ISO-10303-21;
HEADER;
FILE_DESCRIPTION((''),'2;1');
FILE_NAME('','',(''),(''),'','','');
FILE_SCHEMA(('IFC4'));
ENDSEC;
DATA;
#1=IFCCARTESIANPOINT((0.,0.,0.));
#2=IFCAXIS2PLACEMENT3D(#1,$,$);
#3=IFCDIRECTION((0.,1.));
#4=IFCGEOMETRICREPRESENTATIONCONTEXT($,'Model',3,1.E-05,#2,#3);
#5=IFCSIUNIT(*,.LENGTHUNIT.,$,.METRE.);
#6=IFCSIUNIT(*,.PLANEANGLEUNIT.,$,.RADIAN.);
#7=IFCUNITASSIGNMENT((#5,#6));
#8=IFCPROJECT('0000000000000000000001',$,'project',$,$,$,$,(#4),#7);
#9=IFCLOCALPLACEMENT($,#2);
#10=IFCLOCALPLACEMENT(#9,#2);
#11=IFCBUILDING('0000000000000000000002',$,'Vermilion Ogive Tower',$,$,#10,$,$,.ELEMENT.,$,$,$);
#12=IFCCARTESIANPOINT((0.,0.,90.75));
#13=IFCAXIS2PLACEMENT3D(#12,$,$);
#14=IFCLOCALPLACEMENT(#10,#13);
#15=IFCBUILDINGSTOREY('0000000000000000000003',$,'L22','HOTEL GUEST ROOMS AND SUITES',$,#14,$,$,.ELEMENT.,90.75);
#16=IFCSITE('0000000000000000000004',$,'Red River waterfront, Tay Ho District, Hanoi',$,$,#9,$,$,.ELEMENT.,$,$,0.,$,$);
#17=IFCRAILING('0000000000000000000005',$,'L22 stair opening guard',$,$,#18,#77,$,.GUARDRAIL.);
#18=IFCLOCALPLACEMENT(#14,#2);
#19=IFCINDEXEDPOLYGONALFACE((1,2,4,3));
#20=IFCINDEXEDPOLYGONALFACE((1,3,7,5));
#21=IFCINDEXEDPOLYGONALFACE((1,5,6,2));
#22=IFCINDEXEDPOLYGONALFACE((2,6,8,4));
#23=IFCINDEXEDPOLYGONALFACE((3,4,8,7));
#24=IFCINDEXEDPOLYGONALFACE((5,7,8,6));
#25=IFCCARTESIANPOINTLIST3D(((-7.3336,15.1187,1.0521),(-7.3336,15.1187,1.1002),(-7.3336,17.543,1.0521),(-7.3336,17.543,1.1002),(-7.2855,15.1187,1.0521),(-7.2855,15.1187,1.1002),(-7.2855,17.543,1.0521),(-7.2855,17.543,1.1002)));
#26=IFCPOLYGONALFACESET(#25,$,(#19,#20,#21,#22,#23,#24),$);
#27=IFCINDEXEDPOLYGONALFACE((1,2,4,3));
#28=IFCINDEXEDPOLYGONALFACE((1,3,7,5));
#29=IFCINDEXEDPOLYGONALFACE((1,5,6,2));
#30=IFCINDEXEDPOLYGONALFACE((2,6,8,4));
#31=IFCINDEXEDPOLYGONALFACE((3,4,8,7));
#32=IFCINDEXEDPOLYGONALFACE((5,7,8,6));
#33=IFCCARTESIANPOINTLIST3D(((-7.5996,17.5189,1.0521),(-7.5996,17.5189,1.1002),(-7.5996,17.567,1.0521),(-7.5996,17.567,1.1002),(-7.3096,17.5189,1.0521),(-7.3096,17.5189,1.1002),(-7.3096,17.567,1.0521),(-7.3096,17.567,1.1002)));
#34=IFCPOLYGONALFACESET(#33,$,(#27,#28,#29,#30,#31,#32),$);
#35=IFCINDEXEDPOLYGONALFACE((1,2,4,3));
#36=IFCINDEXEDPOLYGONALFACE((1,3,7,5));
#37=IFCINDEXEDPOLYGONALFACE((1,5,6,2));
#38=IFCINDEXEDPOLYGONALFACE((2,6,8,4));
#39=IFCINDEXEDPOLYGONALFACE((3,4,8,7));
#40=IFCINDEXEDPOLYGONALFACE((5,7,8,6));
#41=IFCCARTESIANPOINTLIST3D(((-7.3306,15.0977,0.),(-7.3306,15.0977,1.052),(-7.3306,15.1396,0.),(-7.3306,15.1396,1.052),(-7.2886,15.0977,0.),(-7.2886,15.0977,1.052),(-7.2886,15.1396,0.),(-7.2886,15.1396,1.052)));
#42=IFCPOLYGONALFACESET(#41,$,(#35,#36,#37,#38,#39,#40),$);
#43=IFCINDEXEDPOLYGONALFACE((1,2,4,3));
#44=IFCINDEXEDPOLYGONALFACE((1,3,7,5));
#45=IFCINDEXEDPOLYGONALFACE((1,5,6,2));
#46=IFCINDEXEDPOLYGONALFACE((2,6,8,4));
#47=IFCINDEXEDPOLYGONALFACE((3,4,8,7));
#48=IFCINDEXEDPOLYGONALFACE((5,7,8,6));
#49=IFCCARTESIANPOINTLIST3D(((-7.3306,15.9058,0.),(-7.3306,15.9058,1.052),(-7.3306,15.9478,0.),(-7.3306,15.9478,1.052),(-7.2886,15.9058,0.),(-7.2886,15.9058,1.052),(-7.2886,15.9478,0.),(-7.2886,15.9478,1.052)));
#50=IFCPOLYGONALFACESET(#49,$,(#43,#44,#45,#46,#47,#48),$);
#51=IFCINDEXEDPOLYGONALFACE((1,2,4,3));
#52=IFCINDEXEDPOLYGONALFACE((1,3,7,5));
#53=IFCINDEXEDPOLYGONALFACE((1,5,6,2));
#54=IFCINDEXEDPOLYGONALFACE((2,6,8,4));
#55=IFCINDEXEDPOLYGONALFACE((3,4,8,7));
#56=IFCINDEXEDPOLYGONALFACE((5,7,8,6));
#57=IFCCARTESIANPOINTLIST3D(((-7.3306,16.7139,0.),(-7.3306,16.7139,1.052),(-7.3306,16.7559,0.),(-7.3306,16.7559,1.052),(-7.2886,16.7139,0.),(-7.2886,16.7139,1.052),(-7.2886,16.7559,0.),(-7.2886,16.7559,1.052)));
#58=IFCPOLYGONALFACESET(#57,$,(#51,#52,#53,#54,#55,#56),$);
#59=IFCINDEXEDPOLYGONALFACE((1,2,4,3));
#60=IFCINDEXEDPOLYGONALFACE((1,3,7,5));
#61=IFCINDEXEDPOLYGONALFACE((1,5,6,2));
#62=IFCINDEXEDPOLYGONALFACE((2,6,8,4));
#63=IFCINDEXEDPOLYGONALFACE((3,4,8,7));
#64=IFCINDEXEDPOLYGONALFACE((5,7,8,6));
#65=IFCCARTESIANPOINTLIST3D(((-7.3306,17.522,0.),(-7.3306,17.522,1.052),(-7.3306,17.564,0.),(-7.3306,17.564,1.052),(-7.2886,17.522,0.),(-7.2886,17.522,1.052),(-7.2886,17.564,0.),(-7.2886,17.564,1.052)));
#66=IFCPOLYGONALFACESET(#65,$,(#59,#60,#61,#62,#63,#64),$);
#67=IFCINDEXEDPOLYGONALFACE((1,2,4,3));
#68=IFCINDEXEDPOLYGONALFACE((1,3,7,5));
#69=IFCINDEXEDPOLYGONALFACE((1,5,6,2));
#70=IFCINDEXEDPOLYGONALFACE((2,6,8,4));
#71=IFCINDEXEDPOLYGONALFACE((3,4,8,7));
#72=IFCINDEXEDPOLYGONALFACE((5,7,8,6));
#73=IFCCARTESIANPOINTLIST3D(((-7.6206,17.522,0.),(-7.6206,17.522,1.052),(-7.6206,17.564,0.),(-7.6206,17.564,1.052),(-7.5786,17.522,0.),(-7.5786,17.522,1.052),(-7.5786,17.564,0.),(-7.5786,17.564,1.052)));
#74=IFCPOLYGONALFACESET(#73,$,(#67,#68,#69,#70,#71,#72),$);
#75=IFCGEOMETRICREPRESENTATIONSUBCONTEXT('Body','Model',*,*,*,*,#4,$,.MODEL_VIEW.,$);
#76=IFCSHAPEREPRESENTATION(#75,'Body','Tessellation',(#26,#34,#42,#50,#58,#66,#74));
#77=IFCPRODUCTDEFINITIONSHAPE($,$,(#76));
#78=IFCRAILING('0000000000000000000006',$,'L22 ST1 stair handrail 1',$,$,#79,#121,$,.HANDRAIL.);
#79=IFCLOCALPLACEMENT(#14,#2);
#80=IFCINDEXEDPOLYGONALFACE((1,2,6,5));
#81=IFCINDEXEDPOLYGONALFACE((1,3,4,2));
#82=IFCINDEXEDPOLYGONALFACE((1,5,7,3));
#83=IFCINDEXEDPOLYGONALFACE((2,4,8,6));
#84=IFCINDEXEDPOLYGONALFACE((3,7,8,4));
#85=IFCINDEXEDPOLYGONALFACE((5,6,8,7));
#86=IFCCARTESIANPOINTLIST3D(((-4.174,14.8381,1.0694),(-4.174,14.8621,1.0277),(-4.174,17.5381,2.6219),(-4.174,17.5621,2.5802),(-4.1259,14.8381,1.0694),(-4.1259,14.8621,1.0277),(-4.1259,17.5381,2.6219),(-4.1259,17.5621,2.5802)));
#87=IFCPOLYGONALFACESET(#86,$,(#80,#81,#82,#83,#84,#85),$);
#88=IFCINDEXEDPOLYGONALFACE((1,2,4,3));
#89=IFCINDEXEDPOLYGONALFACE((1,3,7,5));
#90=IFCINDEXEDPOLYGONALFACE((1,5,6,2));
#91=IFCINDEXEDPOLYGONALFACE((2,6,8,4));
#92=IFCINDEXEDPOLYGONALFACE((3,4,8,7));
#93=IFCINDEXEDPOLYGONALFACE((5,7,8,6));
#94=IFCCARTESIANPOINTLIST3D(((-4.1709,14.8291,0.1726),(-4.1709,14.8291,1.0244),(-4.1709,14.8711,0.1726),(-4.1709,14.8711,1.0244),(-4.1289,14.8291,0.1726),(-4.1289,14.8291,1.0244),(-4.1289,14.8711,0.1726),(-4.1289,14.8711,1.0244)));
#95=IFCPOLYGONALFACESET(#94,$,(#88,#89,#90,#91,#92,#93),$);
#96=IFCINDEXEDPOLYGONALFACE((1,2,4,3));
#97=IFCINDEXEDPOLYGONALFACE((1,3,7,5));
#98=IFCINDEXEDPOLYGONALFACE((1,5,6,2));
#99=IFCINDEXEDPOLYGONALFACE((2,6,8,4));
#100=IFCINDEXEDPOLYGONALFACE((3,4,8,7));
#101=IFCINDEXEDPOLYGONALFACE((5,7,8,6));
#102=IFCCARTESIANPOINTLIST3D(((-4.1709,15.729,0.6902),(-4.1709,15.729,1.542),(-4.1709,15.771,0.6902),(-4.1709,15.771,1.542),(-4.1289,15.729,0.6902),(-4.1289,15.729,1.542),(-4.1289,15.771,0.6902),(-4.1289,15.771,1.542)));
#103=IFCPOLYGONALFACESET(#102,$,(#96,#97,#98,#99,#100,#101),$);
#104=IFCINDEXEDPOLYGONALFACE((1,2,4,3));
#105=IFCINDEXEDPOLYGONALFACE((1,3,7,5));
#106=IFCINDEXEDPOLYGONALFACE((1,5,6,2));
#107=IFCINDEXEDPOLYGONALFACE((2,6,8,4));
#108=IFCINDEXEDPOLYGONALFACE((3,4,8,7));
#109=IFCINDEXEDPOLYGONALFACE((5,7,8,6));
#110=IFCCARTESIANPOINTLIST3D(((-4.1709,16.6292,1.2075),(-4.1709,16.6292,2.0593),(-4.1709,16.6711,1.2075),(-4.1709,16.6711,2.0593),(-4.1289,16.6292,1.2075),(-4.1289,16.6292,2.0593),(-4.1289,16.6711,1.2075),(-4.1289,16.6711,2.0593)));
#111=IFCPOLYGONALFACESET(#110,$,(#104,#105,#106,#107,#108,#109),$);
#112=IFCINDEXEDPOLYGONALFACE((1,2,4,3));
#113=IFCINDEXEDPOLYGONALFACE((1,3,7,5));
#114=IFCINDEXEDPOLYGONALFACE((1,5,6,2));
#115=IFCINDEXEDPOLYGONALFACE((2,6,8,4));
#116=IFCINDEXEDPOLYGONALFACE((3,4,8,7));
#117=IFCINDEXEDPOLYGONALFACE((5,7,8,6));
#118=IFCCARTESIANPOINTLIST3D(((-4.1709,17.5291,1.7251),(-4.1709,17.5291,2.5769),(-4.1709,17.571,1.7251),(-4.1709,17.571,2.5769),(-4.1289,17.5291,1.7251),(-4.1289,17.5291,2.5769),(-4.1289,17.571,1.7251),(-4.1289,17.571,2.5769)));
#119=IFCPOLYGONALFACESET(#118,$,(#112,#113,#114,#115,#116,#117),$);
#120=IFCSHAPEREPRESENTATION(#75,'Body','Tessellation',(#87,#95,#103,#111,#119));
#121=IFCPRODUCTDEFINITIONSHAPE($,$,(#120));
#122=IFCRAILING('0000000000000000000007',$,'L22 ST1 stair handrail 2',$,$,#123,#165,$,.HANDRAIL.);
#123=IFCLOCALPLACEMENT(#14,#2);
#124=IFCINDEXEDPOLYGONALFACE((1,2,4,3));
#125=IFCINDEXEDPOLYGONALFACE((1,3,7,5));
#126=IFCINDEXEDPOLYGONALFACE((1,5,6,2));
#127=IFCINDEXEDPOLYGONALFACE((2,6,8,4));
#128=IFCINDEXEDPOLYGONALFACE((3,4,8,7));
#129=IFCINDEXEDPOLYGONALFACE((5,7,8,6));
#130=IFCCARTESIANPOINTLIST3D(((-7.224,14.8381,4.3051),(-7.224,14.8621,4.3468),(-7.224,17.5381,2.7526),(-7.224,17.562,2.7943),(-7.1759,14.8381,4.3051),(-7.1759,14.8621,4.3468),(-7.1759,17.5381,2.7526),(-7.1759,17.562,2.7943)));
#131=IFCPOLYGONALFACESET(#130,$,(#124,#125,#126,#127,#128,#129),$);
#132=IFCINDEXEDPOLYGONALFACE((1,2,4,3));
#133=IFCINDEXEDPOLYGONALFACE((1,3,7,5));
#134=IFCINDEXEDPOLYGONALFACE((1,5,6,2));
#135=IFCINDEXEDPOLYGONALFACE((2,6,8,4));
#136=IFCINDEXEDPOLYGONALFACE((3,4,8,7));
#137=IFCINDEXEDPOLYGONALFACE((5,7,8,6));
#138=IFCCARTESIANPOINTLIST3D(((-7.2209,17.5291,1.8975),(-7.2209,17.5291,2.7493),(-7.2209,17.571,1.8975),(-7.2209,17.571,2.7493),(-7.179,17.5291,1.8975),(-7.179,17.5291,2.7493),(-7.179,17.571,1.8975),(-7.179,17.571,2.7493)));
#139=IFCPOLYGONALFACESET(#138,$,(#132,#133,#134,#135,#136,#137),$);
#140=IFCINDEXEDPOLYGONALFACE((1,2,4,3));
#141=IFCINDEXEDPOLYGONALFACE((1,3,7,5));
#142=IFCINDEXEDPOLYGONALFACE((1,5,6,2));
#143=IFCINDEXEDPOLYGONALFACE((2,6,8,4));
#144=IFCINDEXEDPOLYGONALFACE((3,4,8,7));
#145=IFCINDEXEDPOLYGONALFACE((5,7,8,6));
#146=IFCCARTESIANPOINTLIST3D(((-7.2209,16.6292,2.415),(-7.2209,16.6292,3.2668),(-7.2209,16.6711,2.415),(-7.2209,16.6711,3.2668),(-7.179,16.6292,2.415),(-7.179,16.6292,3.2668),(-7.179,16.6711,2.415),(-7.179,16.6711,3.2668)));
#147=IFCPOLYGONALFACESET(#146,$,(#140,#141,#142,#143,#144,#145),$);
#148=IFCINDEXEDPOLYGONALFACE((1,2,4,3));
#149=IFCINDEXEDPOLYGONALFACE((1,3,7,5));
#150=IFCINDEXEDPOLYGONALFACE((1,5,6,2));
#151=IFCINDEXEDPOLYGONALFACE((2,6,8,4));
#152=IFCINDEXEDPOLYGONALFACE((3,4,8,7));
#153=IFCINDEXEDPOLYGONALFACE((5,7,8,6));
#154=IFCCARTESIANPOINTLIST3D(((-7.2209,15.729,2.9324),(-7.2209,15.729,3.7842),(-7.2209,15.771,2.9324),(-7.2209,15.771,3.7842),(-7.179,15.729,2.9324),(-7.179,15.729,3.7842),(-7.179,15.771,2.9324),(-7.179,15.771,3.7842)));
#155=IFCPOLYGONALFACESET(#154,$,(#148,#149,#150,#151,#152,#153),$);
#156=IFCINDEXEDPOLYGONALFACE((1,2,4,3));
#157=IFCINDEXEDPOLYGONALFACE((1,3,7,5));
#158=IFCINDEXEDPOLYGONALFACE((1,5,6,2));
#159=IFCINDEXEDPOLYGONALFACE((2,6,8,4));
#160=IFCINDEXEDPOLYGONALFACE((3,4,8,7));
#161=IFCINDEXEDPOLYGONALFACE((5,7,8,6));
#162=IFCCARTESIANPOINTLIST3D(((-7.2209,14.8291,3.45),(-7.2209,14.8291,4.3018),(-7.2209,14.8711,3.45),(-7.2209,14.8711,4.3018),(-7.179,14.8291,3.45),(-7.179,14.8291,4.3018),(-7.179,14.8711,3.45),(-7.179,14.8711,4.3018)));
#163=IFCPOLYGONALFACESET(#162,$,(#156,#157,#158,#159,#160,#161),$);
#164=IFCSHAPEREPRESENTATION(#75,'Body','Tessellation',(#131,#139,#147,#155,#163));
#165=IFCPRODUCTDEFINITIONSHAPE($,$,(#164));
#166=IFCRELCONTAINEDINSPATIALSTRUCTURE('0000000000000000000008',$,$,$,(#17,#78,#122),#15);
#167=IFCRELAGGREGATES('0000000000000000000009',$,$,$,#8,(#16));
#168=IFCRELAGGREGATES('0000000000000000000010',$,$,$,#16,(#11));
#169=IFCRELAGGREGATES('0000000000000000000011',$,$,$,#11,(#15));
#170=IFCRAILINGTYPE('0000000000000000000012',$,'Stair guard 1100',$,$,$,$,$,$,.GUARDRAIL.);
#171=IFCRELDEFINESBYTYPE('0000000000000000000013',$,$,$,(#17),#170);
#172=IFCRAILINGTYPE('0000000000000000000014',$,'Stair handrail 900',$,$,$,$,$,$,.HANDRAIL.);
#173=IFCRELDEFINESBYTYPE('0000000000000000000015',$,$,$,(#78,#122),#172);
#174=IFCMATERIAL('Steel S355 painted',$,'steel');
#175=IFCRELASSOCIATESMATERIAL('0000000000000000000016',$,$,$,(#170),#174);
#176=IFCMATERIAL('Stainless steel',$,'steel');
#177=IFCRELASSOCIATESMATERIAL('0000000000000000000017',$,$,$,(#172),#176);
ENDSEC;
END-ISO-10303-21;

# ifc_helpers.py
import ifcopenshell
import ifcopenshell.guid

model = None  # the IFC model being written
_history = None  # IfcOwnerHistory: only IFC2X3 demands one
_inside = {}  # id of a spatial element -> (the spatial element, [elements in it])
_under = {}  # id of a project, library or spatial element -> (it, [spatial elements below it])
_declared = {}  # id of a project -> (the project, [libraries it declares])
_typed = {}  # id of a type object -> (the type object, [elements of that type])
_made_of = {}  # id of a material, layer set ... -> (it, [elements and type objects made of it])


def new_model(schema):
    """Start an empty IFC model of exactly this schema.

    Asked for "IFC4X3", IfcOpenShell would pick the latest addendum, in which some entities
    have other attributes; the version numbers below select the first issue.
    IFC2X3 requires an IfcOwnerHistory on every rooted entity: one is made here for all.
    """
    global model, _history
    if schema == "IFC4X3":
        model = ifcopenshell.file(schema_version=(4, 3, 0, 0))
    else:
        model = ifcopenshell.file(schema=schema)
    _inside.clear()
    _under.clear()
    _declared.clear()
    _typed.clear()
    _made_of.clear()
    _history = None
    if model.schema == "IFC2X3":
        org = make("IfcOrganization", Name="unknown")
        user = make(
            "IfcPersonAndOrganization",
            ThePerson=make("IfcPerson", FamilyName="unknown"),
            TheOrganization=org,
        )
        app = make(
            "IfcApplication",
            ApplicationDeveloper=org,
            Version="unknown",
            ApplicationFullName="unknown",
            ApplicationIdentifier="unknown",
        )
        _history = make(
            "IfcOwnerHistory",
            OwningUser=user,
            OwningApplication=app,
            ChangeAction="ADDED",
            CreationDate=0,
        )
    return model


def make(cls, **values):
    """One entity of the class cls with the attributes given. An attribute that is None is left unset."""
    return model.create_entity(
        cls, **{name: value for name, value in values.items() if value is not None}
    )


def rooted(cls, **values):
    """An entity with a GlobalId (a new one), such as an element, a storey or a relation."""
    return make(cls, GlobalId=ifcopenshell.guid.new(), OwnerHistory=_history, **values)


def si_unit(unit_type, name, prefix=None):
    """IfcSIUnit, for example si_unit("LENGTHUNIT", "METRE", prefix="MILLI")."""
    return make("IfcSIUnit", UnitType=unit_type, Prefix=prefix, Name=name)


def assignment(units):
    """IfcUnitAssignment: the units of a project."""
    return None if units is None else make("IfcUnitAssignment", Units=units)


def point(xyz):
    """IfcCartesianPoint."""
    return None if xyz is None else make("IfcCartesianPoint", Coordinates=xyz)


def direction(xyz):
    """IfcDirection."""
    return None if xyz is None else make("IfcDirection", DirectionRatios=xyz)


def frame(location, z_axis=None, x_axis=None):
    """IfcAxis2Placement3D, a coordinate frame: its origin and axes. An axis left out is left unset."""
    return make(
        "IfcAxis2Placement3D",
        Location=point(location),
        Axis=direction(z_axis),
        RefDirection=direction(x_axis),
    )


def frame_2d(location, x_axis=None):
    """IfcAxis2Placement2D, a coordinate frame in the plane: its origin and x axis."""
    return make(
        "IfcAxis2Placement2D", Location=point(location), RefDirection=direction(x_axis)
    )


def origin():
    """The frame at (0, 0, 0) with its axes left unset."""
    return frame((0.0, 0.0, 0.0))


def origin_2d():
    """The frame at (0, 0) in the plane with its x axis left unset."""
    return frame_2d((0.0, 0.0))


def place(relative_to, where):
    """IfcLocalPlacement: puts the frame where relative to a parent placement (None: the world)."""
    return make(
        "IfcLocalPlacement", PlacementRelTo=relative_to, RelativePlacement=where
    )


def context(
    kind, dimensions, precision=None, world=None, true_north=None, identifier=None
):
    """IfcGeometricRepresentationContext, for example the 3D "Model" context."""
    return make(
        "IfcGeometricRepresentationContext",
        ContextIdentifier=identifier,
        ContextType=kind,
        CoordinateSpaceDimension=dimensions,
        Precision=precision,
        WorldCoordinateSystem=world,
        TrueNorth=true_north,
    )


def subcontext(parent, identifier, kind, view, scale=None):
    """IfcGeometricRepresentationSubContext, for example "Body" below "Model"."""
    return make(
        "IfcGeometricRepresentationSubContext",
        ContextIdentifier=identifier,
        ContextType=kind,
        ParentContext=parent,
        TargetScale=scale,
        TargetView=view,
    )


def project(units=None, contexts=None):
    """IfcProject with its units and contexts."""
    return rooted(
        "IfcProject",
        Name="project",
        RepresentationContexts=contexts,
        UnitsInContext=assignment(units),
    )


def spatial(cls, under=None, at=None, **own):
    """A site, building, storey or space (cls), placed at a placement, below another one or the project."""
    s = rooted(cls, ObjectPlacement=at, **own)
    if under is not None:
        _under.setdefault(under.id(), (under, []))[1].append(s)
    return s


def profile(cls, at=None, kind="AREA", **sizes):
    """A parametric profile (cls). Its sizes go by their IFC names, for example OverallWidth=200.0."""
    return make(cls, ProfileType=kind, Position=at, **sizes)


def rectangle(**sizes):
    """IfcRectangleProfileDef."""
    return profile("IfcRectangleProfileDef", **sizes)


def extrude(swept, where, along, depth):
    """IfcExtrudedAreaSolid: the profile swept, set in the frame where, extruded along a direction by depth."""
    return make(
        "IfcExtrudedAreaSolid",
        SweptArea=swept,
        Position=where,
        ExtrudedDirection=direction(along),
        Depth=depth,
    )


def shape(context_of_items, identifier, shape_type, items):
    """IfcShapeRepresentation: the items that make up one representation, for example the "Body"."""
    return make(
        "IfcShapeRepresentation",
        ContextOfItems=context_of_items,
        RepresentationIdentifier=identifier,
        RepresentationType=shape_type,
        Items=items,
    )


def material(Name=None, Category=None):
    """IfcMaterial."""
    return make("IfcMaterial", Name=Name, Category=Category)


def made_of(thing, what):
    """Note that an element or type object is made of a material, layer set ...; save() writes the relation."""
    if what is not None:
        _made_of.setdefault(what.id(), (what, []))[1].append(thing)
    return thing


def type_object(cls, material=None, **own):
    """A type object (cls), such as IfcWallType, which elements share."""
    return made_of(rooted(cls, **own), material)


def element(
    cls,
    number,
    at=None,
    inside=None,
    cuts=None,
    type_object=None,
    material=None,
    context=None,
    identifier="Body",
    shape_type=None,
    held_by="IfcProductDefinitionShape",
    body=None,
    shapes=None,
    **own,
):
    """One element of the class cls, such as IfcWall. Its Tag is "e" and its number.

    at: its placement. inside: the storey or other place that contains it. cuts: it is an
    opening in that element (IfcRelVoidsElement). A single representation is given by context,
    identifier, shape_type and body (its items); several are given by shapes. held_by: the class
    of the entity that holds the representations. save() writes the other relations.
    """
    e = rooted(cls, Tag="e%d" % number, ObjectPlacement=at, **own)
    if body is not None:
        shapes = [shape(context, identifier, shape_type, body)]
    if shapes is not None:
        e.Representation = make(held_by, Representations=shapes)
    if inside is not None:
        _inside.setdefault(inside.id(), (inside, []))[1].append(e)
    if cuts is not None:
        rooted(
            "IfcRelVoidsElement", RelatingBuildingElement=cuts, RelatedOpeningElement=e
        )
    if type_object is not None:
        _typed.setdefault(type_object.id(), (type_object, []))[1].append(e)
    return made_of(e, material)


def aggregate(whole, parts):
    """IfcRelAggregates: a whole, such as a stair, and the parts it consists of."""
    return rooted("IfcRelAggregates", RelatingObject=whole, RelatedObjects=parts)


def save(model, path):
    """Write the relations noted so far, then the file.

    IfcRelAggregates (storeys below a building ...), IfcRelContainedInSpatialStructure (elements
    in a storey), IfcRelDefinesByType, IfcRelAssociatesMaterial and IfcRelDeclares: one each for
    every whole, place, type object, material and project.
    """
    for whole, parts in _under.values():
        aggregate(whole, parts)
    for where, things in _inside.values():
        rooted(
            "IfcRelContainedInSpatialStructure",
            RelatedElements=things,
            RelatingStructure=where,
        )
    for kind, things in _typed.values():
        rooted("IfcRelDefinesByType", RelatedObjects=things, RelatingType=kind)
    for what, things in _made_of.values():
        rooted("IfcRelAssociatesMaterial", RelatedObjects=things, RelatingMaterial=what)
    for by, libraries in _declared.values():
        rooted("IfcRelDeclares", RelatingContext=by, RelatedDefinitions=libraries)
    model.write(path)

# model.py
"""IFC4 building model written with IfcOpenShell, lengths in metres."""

from ifc_helpers import new_model, si_unit, direction, frame, origin, origin_2d, place, context, subcontext, project, spatial, rectangle, extrude, material, type_object, element, save


model = new_model("IFC4")

# Units and contexts
model_context = context("Model", 3, precision=1e-05, world=origin(), true_north=direction((0.0, 1.0)))
body_context = subcontext(model_context, "Body", "Model", "MODEL_VIEW")
ifc_project = project(units=[si_unit("LENGTHUNIT", "METRE"), si_unit("PLANEANGLEUNIT", "RADIAN")], contexts=[model_context])

# Site, building, storey
site_placement = place(None, origin())
site = spatial("IfcSite", under=ifc_project, at=site_placement, Name="Red River waterfront, Tay Ho District, Hanoi", CompositionType="ELEMENT", RefElevation=0.0)
building_placement = place(site_placement, origin())
building = spatial("IfcBuilding", under=site, at=building_placement, Name="Vermilion Ogive Tower", CompositionType="ELEMENT")
storey_placement = place(building_placement, frame((0.0, 0.0, 90.75)))
storey = spatial("IfcBuildingStorey", under=building, at=storey_placement, Name="L22", Description="HOTEL GUEST ROOMS AND SUITES", CompositionType="ELEMENT", Elevation=90.75)

# Railings
ifc_material_1 = material(Name="Steel S355 painted", Category="steel")
railing_type_1 = type_object("IfcRailingType", Name="Stair guard 1100", PredefinedType="GUARDRAIL", material=ifc_material_1)
railing_1_placement = place(storey_placement, frame((-7.3096, 15.1187, 0.0)))
element("IfcRailing", 1, at=railing_1_placement, inside=storey, type_object=railing_type_1, Name="L22 stair opening guard", PredefinedType="GUARDRAIL", context=body_context, shape_type="SweptSolid", body=[
    extrude(rectangle(XDim=0.0481, YDim=0.0481, at=origin_2d()), frame((0.0, 0.0, 1.0762), z_axis=(0.0, 1.0, 0.0), x_axis=(-1.0, 0.0, 0.0)), (0.0, 0.0, 1.0), 2.4243),
    extrude(rectangle(XDim=0.0481, YDim=0.0481, at=origin_2d()), frame((0.0, 2.4243, 1.0762), z_axis=(-1.0, 0.0, 0.0), x_axis=(0.0, -1.0, 0.0)), (0.0, 0.0, 1.0), 0.29),
    extrude(rectangle(XDim=0.042, YDim=0.042, at=origin_2d()), origin(), (0.0, 0.0, 1.0), 1.052),
    extrude(rectangle(XDim=0.042, YDim=0.042, at=origin_2d()), frame((0.0, 0.8081, 0.0)), (0.0, 0.0, 1.0), 1.052),
    extrude(rectangle(XDim=0.042, YDim=0.042, at=origin_2d()), frame((0.0, 1.6162, 0.0)), (0.0, 0.0, 1.0), 1.052),
    extrude(rectangle(XDim=0.042, YDim=0.042, at=origin_2d()), frame((0.0, 2.4243, 0.0)), (0.0, 0.0, 1.0), 1.052),
    extrude(rectangle(XDim=0.042, YDim=0.042, at=origin_2d()), frame((-0.29, 2.4243, 0.0)), (0.0, 0.0, 1.0), 1.052),
])
ifc_material_2 = material(Name="Stainless steel", Category="steel")
railing_type_2 = type_object("IfcRailingType", Name="Stair handrail 900", PredefinedType="HANDRAIL", material=ifc_material_2)
railing_2_placement = place(storey_placement, frame((-4.1499, 14.8501, 0.1726)))
element("IfcRailing", 2, at=railing_2_placement, inside=storey, type_object=railing_type_2, Name="L22 ST1 stair handrail 1", PredefinedType="HANDRAIL", context=body_context, shape_type="SweptSolid", body=[
    extrude(rectangle(XDim=0.0481, YDim=0.0481, at=origin_2d()), frame((0.0, 0.0, 0.876), z_axis=(0.0, 0.866904, 0.498476), x_axis=(-1.0, 0.0, 0.0)), (0.0, 0.0, 1.0), 3.1145),
    extrude(rectangle(XDim=0.042, YDim=0.042, at=origin_2d()), origin(), (0.0, 0.0, 1.0), 0.8518),
    extrude(rectangle(XDim=0.042, YDim=0.042, at=origin_2d()), frame((0.0, 0.8999, 0.5176)), (0.0, 0.0, 1.0), 0.8518),
    extrude(rectangle(XDim=0.042, YDim=0.042, at=origin_2d()), frame((0.0, 1.8, 1.0349)), (0.0, 0.0, 1.0), 0.8518),
    extrude(rectangle(XDim=0.042, YDim=0.042, at=origin_2d()), frame((0.0, 2.7, 1.5525)), (0.0, 0.0, 1.0), 0.8518),
])
railing_3_placement = place(storey_placement, frame((-7.2, 17.55, 1.8975)))
element("IfcRailing", 3, at=railing_3_placement, inside=storey, type_object=railing_type_2, Name="L22 ST1 stair handrail 2", PredefinedType="HANDRAIL", context=body_context, shape_type="SweptSolid", body=[
    extrude(rectangle(XDim=0.0481, YDim=0.0481, at=origin_2d()), frame((0.0, 0.0, 0.876), z_axis=(0.0, -0.866904, 0.498476), x_axis=(1.0, 0.0, 0.0)), (0.0, 0.0, 1.0), 3.1145),
    extrude(rectangle(XDim=0.042, YDim=0.042, at=origin_2d()), origin(), (0.0, 0.0, 1.0), 0.8518),
    extrude(rectangle(XDim=0.042, YDim=0.042, at=origin_2d()), frame((0.0, -0.8999, 0.5176)), (0.0, 0.0, 1.0), 0.8518),
    extrude(rectangle(XDim=0.042, YDim=0.042, at=origin_2d()), frame((0.0, -1.8, 1.0349)), (0.0, 0.0, 1.0), 0.8518),
    extrude(rectangle(XDim=0.042, YDim=0.042, at=origin_2d()), frame((0.0, -2.7, 1.5525)), (0.0, 0.0, 1.0), 0.8518),
])

save(model, "model.ifc")
